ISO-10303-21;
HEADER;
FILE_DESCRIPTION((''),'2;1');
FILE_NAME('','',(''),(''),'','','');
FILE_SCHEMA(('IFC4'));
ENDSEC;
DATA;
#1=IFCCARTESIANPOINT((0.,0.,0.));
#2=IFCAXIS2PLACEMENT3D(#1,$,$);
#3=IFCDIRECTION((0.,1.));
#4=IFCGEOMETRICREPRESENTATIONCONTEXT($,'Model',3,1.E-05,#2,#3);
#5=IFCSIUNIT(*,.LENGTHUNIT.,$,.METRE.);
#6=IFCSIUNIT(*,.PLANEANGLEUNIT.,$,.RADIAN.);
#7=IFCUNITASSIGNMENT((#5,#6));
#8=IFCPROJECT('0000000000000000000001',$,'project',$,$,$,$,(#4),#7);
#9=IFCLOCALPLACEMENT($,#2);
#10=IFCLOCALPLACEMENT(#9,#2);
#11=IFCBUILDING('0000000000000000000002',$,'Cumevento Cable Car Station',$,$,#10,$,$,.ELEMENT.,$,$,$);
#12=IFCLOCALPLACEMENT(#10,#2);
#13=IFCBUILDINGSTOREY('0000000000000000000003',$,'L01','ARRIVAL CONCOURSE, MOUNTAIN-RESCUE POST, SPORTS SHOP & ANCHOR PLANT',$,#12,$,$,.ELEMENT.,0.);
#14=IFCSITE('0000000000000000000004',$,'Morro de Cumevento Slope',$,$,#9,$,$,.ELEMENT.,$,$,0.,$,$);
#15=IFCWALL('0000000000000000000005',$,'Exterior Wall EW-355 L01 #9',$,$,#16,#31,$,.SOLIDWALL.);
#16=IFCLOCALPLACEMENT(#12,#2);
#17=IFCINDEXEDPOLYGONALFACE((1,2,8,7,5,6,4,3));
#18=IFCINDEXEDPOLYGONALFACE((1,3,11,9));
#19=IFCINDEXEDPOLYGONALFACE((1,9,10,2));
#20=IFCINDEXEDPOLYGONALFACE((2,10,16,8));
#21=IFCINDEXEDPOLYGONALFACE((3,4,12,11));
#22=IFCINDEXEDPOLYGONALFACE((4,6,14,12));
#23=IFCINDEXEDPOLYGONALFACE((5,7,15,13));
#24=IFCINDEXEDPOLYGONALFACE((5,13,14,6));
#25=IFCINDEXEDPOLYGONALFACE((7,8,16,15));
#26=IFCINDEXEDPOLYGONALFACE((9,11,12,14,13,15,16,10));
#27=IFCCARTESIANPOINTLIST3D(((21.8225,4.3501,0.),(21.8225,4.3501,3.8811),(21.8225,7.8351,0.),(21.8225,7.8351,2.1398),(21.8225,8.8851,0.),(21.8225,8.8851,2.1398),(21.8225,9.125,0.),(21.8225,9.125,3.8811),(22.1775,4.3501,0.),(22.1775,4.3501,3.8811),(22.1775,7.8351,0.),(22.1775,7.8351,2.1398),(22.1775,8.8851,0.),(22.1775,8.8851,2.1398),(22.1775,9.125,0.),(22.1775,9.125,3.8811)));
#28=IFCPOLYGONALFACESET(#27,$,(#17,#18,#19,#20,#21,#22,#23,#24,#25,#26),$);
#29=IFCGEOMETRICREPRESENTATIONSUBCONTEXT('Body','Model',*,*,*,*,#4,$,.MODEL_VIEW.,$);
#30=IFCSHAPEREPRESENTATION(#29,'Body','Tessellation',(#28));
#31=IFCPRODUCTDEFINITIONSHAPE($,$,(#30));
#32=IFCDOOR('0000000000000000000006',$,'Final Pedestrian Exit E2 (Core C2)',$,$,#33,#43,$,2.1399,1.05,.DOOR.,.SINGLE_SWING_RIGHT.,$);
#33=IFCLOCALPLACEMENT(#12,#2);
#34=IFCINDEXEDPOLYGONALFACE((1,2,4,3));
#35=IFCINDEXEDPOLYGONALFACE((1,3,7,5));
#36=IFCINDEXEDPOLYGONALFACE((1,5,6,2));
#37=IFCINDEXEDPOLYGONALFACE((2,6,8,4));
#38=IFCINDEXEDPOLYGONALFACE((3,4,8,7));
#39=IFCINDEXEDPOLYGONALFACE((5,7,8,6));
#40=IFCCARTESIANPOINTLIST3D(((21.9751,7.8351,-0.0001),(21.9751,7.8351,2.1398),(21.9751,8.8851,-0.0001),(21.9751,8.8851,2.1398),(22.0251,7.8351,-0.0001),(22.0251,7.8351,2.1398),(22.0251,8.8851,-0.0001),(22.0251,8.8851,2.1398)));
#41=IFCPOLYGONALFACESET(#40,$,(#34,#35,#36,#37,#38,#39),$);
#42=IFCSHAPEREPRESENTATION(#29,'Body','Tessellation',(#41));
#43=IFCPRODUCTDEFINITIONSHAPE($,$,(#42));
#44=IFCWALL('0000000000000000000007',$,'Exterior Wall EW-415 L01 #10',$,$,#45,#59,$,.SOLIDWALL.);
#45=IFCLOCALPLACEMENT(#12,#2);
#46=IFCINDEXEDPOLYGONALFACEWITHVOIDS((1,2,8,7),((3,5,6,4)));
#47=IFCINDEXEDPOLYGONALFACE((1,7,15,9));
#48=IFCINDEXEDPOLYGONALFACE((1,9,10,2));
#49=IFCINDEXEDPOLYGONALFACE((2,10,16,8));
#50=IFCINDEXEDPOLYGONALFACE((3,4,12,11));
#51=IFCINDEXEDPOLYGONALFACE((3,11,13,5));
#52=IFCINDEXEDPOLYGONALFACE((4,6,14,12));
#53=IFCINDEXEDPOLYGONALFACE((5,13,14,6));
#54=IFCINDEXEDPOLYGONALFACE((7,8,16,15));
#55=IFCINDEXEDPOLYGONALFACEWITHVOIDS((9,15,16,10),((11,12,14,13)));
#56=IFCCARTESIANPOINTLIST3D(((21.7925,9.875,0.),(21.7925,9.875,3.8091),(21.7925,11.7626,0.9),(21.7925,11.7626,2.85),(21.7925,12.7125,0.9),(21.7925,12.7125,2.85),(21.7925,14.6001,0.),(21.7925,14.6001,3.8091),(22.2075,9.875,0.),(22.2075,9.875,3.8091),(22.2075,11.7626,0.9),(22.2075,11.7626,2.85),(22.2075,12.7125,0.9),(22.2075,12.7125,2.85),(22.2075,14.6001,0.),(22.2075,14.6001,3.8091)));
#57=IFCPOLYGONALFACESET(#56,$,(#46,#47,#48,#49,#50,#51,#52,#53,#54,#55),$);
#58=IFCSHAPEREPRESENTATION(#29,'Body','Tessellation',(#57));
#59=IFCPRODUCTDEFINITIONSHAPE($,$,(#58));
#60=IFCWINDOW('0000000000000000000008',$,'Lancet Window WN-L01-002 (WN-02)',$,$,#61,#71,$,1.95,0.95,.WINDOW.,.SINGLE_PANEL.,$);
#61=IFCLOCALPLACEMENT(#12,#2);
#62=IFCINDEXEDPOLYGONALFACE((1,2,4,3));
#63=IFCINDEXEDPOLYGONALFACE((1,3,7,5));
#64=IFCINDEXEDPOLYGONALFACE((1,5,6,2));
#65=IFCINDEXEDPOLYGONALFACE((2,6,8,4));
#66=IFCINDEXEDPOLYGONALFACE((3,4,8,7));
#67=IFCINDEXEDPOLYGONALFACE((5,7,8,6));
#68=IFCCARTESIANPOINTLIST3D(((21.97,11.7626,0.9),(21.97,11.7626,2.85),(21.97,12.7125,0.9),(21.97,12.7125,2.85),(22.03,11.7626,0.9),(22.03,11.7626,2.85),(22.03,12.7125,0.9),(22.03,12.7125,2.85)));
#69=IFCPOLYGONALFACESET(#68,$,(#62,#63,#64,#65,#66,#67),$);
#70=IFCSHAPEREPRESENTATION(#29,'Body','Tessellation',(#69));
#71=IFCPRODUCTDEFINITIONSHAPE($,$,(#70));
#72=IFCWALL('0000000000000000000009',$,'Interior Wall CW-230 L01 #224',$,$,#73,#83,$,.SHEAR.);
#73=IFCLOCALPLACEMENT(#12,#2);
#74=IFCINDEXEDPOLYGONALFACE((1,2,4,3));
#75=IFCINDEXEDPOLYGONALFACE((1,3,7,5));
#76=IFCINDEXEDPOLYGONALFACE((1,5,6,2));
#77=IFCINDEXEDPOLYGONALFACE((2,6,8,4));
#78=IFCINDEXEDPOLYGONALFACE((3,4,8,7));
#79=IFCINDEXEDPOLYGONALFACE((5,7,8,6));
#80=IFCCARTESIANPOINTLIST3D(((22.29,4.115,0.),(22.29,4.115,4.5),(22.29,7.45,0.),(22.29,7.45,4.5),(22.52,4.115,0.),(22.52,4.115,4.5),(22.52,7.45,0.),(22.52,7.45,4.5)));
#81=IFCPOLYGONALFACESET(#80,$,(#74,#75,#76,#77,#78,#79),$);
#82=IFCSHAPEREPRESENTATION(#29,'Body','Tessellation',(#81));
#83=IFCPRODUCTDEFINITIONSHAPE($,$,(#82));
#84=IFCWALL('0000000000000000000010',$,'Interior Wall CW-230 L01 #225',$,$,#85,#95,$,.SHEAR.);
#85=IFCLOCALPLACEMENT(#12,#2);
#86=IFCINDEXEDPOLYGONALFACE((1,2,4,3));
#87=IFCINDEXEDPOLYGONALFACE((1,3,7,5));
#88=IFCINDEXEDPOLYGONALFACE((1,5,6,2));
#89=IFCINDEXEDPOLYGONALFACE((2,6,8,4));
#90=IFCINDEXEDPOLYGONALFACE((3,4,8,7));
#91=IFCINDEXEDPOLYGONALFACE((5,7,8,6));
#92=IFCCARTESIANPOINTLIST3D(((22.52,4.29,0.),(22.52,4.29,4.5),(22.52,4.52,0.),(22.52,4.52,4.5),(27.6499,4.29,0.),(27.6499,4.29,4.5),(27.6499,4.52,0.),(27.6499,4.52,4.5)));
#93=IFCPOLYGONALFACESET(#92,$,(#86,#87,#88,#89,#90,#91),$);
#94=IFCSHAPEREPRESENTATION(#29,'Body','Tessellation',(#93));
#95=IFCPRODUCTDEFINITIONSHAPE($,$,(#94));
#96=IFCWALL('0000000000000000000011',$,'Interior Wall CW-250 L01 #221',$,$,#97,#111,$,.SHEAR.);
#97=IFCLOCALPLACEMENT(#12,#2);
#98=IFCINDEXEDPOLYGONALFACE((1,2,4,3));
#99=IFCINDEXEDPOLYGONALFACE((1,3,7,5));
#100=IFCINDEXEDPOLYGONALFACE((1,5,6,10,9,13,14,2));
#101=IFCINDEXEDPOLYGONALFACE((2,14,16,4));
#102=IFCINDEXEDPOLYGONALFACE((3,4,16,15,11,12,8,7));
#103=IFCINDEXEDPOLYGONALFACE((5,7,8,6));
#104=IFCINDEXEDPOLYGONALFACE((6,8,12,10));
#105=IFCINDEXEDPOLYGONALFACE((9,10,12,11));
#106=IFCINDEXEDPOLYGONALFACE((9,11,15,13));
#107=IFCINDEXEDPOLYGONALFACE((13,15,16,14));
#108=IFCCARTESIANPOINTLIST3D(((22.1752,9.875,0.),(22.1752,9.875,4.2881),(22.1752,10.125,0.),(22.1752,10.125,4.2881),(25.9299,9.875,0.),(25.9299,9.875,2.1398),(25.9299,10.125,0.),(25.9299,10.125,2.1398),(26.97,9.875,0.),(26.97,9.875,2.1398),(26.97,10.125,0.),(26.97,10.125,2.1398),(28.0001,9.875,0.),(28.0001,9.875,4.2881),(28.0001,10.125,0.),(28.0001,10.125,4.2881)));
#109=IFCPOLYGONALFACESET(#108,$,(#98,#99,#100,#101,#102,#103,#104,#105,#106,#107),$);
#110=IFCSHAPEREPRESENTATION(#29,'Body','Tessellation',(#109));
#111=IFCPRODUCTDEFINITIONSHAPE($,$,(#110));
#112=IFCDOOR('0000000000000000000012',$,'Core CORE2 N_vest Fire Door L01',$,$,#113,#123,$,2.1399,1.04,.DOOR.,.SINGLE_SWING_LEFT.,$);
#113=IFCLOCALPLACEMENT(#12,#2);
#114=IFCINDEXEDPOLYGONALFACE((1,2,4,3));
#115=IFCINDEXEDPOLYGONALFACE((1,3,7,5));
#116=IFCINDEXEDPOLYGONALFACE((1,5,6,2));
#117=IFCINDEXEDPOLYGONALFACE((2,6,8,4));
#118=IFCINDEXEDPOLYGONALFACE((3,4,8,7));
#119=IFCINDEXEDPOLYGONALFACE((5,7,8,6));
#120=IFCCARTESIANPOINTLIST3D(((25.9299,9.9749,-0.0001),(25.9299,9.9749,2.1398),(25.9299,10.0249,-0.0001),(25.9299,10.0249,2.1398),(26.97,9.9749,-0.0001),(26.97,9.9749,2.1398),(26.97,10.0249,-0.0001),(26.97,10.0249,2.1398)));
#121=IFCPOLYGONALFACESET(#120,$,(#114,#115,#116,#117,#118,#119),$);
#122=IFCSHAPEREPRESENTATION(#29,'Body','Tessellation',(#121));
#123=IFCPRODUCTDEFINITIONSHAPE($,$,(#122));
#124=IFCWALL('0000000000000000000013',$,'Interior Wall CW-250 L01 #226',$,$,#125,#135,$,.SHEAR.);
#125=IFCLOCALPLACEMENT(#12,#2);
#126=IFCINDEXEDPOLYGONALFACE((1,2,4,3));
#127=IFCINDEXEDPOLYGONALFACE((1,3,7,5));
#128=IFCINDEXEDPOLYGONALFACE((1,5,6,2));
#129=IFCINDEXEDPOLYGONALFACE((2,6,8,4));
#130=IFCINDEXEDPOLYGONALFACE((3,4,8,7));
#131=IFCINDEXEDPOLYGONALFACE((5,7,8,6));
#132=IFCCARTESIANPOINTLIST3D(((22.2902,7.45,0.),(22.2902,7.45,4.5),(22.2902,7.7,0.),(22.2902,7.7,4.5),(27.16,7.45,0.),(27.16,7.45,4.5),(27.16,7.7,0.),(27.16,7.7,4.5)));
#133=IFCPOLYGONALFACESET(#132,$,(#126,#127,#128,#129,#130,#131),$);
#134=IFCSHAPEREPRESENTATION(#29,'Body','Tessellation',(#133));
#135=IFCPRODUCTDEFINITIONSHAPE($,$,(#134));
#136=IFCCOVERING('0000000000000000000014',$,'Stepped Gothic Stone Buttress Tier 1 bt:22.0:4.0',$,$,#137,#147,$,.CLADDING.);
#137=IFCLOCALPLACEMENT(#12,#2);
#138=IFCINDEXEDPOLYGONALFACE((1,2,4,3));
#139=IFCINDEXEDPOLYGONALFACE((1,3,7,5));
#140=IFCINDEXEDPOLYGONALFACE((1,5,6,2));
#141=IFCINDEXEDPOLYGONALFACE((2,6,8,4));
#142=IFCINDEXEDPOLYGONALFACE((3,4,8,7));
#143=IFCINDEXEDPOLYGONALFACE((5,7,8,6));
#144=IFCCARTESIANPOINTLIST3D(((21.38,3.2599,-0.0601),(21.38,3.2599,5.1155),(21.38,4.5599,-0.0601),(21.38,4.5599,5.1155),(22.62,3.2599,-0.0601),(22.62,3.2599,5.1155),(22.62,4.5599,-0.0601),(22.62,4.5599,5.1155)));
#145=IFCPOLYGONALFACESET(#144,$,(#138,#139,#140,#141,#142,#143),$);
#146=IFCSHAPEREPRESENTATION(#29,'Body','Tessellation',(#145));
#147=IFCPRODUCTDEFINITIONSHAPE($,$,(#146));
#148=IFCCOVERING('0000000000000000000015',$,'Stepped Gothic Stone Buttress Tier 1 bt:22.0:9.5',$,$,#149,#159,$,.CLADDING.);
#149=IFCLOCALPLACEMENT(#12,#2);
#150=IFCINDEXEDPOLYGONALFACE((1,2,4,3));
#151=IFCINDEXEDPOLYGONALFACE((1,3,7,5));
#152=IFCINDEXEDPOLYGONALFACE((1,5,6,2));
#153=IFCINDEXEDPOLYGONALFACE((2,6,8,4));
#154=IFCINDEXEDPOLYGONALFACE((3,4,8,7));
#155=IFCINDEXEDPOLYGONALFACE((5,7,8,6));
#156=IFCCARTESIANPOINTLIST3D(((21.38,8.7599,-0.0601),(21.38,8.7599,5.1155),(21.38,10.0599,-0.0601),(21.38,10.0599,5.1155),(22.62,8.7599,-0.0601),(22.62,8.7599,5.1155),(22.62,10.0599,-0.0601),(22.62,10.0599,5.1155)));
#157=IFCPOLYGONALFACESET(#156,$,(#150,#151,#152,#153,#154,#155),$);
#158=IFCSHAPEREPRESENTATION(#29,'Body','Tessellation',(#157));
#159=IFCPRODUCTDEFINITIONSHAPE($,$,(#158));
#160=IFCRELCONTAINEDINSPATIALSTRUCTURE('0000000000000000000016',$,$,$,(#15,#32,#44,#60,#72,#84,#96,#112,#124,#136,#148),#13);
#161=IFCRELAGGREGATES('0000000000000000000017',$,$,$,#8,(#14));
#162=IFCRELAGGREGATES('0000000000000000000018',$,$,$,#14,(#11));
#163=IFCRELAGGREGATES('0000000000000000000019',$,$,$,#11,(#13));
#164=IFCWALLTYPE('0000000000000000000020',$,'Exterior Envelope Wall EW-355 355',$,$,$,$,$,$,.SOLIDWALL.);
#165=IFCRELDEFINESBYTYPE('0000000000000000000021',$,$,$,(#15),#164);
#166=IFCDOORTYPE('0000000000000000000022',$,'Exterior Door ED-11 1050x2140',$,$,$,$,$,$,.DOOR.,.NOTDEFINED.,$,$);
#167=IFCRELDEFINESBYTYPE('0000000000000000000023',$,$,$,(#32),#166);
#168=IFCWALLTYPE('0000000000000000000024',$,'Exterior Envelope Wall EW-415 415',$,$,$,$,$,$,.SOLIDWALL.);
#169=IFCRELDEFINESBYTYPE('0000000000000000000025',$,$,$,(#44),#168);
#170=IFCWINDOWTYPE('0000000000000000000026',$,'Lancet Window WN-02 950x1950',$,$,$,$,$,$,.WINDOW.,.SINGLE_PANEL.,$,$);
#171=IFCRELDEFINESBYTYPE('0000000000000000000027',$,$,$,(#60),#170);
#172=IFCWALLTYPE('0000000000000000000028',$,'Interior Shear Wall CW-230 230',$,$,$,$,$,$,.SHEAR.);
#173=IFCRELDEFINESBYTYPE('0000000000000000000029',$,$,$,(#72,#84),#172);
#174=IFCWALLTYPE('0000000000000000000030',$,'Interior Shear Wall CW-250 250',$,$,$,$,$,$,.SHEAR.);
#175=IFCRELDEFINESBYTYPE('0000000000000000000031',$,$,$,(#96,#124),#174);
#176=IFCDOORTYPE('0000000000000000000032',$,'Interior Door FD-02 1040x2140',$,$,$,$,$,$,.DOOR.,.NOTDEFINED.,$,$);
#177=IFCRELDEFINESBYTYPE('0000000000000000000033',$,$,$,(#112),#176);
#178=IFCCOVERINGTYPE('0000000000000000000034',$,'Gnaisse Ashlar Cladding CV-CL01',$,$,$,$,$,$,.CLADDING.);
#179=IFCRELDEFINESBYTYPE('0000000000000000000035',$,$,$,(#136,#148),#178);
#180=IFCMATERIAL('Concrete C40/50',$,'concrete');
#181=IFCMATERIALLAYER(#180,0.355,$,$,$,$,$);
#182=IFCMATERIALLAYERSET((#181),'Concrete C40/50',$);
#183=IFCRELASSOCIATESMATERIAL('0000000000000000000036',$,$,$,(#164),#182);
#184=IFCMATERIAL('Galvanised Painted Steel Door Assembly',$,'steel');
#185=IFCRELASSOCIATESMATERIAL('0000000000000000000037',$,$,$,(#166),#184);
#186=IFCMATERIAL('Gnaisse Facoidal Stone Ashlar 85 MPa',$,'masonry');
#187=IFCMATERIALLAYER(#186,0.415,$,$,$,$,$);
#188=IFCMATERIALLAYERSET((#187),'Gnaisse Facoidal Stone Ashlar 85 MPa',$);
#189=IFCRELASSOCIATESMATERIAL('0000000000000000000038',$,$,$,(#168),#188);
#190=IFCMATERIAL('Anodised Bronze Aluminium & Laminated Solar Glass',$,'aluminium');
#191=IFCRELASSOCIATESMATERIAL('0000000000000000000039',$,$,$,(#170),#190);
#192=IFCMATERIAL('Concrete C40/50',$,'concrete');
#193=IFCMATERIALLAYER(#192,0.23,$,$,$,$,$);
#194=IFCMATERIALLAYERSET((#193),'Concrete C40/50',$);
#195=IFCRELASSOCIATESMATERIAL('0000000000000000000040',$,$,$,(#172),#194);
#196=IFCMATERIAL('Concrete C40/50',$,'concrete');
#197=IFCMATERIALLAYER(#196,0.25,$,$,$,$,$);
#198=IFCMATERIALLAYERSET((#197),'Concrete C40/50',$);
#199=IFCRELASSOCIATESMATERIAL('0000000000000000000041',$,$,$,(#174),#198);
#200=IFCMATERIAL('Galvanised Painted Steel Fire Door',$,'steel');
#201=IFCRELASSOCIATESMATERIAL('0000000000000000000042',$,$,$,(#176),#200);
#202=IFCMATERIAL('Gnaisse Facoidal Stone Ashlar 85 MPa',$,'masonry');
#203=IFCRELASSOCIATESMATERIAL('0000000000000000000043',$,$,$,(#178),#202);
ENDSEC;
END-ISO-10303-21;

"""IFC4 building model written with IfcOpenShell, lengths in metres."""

from ifc_helpers import new_model, si_unit, direction, frame, frame_2d, origin, origin_2d, place, context, subcontext, project, spatial, rectangle, extrude, material, layer, layer_set, type_object, element, fill, save


model = new_model("IFC4")

# Units and contexts
model_context = context("Model", 3, precision=1e-05, world=origin(), true_north=direction((0.0, 1.0)))
body_context = subcontext(model_context, "Body", "Model", "MODEL_VIEW")
ifc_project = project(units=[si_unit("LENGTHUNIT", "METRE"), si_unit("PLANEANGLEUNIT", "RADIAN")], contexts=[model_context])

# Site, building, storey
site_placement = place(None, origin())
site = spatial("IfcSite", under=ifc_project, at=site_placement, Name="Morro de Cumevento Slope", CompositionType="ELEMENT", RefElevation=0.0)
building_placement = place(site_placement, origin())
building = spatial("IfcBuilding", under=site, at=building_placement, Name="Cumevento Cable Car Station", CompositionType="ELEMENT")
storey_placement = place(building_placement, origin())
storey = spatial("IfcBuildingStorey", under=building, at=storey_placement, Name="L01", Description="ARRIVAL CONCOURSE, MOUNTAIN-RESCUE POST, SPORTS SHOP & ANCHOR PLANT", CompositionType="ELEMENT", Elevation=0.0)

# Wall, opening, door
ifc_material_1 = material(Name="Concrete C40/50", Category="concrete")
ifc_layer_1 = layer(ifc_material_1, 0.355)
ifc_layer_set_1 = layer_set([ifc_layer_1], Name="Concrete C40/50")
wall_type_1 = type_object("IfcWallType", Name="Exterior Envelope Wall EW-355 355", PredefinedType="SOLIDWALL", material=ifc_layer_set_1)
wall_1_placement = place(storey_placement, frame((22.0, 4.3501, 0.0), z_axis=(0.0, 0.0, 1.0), x_axis=(0.0, 1.0, 0.0)))
wall_1 = element("IfcWall", 1, at=wall_1_placement, inside=storey, type_object=wall_type_1, Name="Exterior Wall EW-355 L01 #9", PredefinedType="SOLIDWALL", context=body_context, shape_type="SweptSolid", body=[
    extrude(rectangle(XDim=4.7749, YDim=0.355, at=frame_2d((2.3875, 0.0))), origin(), (0.0, 0.0, 1.0), 3.8811),
])
opening_1_placement = place(wall_1_placement, frame((3.4851, 0.0, 0.0)))
opening_1 = element("IfcOpeningElement", 2, at=opening_1_placement, cuts=wall_1, PredefinedType="OPENING", context=body_context, shape_type="SweptSolid", body=[
    extrude(rectangle(XDim=1.05, YDim=2.1399, at=frame_2d((0.5249, 1.0698))), frame((0.0, 0.1875, 0.0), z_axis=(0.0, -1.0, 0.0), x_axis=(1.0, 0.0, 0.0)), (0.0, 0.0, 1.0), 0.375),
])
ifc_material_2 = material(Name="Galvanised Painted Steel Door Assembly", Category="steel")
door_type_1 = type_object("IfcDoorType", Name="Exterior Door ED-11 1050x2140", OperationType="NOTDEFINED", PredefinedType="DOOR", material=ifc_material_2)
door_1_placement = place(opening_1_placement, origin())
door_1 = element("IfcDoor", 3, at=door_1_placement, inside=storey, type_object=door_type_1, Name="Final Pedestrian Exit E2 (Core C2)", OperationType="SINGLE_SWING_RIGHT", OverallHeight=2.1399, OverallWidth=1.05, PredefinedType="DOOR", context=body_context, shape_type="SweptSolid", body=[
    extrude(rectangle(XDim=1.05, YDim=2.1399, at=frame_2d((0.5249, 1.0698))), frame((0.0, 0.0249, 0.0), z_axis=(0.0, -1.0, 0.0), x_axis=(1.0, 0.0, 0.0)), (0.0, 0.0, 1.0), 0.05),
])
fill(opening_1, door_1)

# Wall, opening, window
ifc_material_3 = material(Name="Gnaisse Facoidal Stone Ashlar 85 MPa", Category="masonry")
ifc_layer_2 = layer(ifc_material_3, 0.415)
ifc_layer_set_2 = layer_set([ifc_layer_2], Name="Gnaisse Facoidal Stone Ashlar 85 MPa")
wall_type_2 = type_object("IfcWallType", Name="Exterior Envelope Wall EW-415 415", PredefinedType="SOLIDWALL", material=ifc_layer_set_2)
wall_2_placement = place(storey_placement, frame((22.0, 9.875, 0.0), z_axis=(0.0, 0.0, 1.0), x_axis=(0.0, 1.0, 0.0)))
wall_2 = element("IfcWall", 4, at=wall_2_placement, inside=storey, type_object=wall_type_2, Name="Exterior Wall EW-415 L01 #10", PredefinedType="SOLIDWALL", context=body_context, shape_type="SweptSolid", body=[
    extrude(rectangle(XDim=4.7251, YDim=0.415, at=frame_2d((2.3625, 0.0))), origin(), (0.0, 0.0, 1.0), 3.8091),
])
opening_2_placement = place(wall_2_placement, frame((1.8875, 0.0, 0.8999)))
opening_2 = element("IfcOpeningElement", 5, at=opening_2_placement, cuts=wall_2, PredefinedType="OPENING", context=body_context, shape_type="SweptSolid", body=[
    extrude(rectangle(XDim=0.95, YDim=1.95, at=frame_2d((0.4751, 0.9751))), frame((0.0, 0.2175, 0.0), z_axis=(0.0, -1.0, 0.0), x_axis=(1.0, 0.0, 0.0)), (0.0, 0.0, 1.0), 0.4351),
])
ifc_material_4 = material(Name="Anodised Bronze Aluminium & Laminated Solar Glass", Category="aluminium")
window_type = type_object("IfcWindowType", Name="Lancet Window WN-02 950x1950", PartitioningType="SINGLE_PANEL", PredefinedType="WINDOW", material=ifc_material_4)
window_placement = place(opening_2_placement, origin())
window = element("IfcWindow", 6, at=window_placement, inside=storey, type_object=window_type, Name="Lancet Window WN-L01-002 (WN-02)", OverallHeight=1.95, OverallWidth=0.95, PartitioningType="SINGLE_PANEL", PredefinedType="WINDOW", context=body_context, shape_type="SweptSolid", body=[
    extrude(rectangle(XDim=0.95, YDim=1.95, at=frame_2d((0.4751, 0.9751))), frame((0.0, 0.03, 0.0), z_axis=(0.0, -1.0, 0.0), x_axis=(1.0, 0.0, 0.0)), (0.0, 0.0, 1.0), 0.0601),
])
fill(opening_2, window)

# Walls
ifc_material_5 = material(Name="Concrete C40/50", Category="concrete")
ifc_layer_3 = layer(ifc_material_5, 0.23)
ifc_layer_set_3 = layer_set([ifc_layer_3], Name="Concrete C40/50")
wall_type_3 = type_object("IfcWallType", Name="Interior Shear Wall CW-230 230", PredefinedType="SHEAR", material=ifc_layer_set_3)
wall_3_placement = place(storey_placement, frame((22.405, 4.115, 0.0), z_axis=(0.0, 0.0, 1.0), x_axis=(0.0, 1.0, 0.0)))
element("IfcWall", 7, at=wall_3_placement, inside=storey, type_object=wall_type_3, Name="Interior Wall CW-230 L01 #224", PredefinedType="SHEAR", context=body_context, shape_type="SweptSolid", body=[
    extrude(rectangle(XDim=3.335, YDim=0.23, at=frame_2d((1.6675, 0.0))), origin(), (0.0, 0.0, 1.0), 4.5),
])
wall_4_placement = place(storey_placement, frame((22.52, 4.405, 0.0), z_axis=(0.0, 0.0, 1.0), x_axis=(1.0, 0.0, 0.0)))
element("IfcWall", 8, at=wall_4_placement, inside=storey, type_object=wall_type_3, Name="Interior Wall CW-230 L01 #225", PredefinedType="SHEAR", context=body_context, shape_type="SweptSolid", body=[
    extrude(rectangle(XDim=5.1299, YDim=0.23, at=frame_2d((2.5649, 0.0))), origin(), (0.0, 0.0, 1.0), 4.5),
])

# Wall, opening, door
ifc_material_6 = material(Name="Concrete C40/50", Category="concrete")
ifc_layer_4 = layer(ifc_material_6, 0.25)
ifc_layer_set_4 = layer_set([ifc_layer_4], Name="Concrete C40/50")
wall_type_4 = type_object("IfcWallType", Name="Interior Shear Wall CW-250 250", PredefinedType="SHEAR", material=ifc_layer_set_4)
wall_5_placement = place(storey_placement, frame((22.175, 10.0, 0.0), z_axis=(0.0, 0.0, 1.0), x_axis=(1.0, 0.0, 0.0)))
wall_5 = element("IfcWall", 9, at=wall_5_placement, inside=storey, type_object=wall_type_4, Name="Interior Wall CW-250 L01 #221", PredefinedType="SHEAR", context=body_context, shape_type="SweptSolid", body=[
    extrude(rectangle(XDim=5.825, YDim=0.25, at=frame_2d((2.9126, 0.0))), origin(), (0.0, 0.0, 1.0), 4.2881),
])
opening_3_placement = place(wall_5_placement, frame((3.7549, 0.0, 0.0)))
opening_3 = element("IfcOpeningElement", 10, at=opening_3_placement, cuts=wall_5, PredefinedType="OPENING", context=body_context, shape_type="SweptSolid", body=[
    extrude(rectangle(XDim=1.04, YDim=2.1399, at=frame_2d((0.52, 1.0698))), frame((0.0, 0.135, 0.0), z_axis=(0.0, -1.0, 0.0), x_axis=(1.0, 0.0, 0.0)), (0.0, 0.0, 1.0), 0.27),
])
ifc_material_7 = material(Name="Galvanised Painted Steel Fire Door", Category="steel")
door_type_2 = type_object("IfcDoorType", Name="Interior Door FD-02 1040x2140", OperationType="NOTDEFINED", PredefinedType="DOOR", material=ifc_material_7)
door_2_placement = place(opening_3_placement, origin())
door_2 = element("IfcDoor", 11, at=door_2_placement, inside=storey, type_object=door_type_2, Name="Core CORE2 N_vest Fire Door L01", OperationType="SINGLE_SWING_LEFT", OverallHeight=2.1399, OverallWidth=1.04, PredefinedType="DOOR", context=body_context, shape_type="SweptSolid", body=[
    extrude(rectangle(XDim=1.04, YDim=2.1399, at=frame_2d((0.52, 1.0698))), frame((0.0, 0.0249, 0.0), z_axis=(0.0, -1.0, 0.0), x_axis=(1.0, 0.0, 0.0)), (0.0, 0.0, 1.0), 0.05),
])
fill(opening_3, door_2)

# Wall
wall_6_placement = place(storey_placement, frame((22.29, 7.575, 0.0), z_axis=(0.0, 0.0, 1.0), x_axis=(1.0, 0.0, 0.0)))
element("IfcWall", 12, at=wall_6_placement, inside=storey, type_object=wall_type_4, Name="Interior Wall CW-250 L01 #226", PredefinedType="SHEAR", context=body_context, shape_type="SweptSolid", body=[
    extrude(rectangle(XDim=4.8699, YDim=0.25, at=frame_2d((2.4351, 0.0))), origin(), (0.0, 0.0, 1.0), 4.5),
])

# Coverings
ifc_material_8 = material(Name="Gnaisse Facoidal Stone Ashlar 85 MPa", Category="masonry")
covering_type = type_object("IfcCoveringType", Name="Gnaisse Ashlar Cladding CV-CL01", PredefinedType="CLADDING", material=ifc_material_8)
for number, where, z_axis, x_axis, name in (
    (13, (22.0, 3.9099, -0.0601), (0.0, 0.0, 1.0), (1.0, 0.0, 0.0), "Stepped Gothic Stone Buttress Tier 1 bt:22.0:4.0"),
    (14, (22.0, 9.4099, -0.0601), (0.0, 0.0, 1.0), (1.0, 0.0, 0.0), "Stepped Gothic Stone Buttress Tier 1 bt:22.0:9.5"),
):
    element("IfcCovering", number, at=place(storey_placement, frame(where, z_axis=z_axis, x_axis=x_axis)), inside=storey, type_object=covering_type, Name=name, PredefinedType="CLADDING", context=body_context, shape_type="SweptSolid", body=[
        extrude(rectangle(XDim=1.24, YDim=1.3, at=origin_2d()), origin(), (0.0, 0.0, 1.0), 5.1755),
    ])

save(model, "model.ifc")
